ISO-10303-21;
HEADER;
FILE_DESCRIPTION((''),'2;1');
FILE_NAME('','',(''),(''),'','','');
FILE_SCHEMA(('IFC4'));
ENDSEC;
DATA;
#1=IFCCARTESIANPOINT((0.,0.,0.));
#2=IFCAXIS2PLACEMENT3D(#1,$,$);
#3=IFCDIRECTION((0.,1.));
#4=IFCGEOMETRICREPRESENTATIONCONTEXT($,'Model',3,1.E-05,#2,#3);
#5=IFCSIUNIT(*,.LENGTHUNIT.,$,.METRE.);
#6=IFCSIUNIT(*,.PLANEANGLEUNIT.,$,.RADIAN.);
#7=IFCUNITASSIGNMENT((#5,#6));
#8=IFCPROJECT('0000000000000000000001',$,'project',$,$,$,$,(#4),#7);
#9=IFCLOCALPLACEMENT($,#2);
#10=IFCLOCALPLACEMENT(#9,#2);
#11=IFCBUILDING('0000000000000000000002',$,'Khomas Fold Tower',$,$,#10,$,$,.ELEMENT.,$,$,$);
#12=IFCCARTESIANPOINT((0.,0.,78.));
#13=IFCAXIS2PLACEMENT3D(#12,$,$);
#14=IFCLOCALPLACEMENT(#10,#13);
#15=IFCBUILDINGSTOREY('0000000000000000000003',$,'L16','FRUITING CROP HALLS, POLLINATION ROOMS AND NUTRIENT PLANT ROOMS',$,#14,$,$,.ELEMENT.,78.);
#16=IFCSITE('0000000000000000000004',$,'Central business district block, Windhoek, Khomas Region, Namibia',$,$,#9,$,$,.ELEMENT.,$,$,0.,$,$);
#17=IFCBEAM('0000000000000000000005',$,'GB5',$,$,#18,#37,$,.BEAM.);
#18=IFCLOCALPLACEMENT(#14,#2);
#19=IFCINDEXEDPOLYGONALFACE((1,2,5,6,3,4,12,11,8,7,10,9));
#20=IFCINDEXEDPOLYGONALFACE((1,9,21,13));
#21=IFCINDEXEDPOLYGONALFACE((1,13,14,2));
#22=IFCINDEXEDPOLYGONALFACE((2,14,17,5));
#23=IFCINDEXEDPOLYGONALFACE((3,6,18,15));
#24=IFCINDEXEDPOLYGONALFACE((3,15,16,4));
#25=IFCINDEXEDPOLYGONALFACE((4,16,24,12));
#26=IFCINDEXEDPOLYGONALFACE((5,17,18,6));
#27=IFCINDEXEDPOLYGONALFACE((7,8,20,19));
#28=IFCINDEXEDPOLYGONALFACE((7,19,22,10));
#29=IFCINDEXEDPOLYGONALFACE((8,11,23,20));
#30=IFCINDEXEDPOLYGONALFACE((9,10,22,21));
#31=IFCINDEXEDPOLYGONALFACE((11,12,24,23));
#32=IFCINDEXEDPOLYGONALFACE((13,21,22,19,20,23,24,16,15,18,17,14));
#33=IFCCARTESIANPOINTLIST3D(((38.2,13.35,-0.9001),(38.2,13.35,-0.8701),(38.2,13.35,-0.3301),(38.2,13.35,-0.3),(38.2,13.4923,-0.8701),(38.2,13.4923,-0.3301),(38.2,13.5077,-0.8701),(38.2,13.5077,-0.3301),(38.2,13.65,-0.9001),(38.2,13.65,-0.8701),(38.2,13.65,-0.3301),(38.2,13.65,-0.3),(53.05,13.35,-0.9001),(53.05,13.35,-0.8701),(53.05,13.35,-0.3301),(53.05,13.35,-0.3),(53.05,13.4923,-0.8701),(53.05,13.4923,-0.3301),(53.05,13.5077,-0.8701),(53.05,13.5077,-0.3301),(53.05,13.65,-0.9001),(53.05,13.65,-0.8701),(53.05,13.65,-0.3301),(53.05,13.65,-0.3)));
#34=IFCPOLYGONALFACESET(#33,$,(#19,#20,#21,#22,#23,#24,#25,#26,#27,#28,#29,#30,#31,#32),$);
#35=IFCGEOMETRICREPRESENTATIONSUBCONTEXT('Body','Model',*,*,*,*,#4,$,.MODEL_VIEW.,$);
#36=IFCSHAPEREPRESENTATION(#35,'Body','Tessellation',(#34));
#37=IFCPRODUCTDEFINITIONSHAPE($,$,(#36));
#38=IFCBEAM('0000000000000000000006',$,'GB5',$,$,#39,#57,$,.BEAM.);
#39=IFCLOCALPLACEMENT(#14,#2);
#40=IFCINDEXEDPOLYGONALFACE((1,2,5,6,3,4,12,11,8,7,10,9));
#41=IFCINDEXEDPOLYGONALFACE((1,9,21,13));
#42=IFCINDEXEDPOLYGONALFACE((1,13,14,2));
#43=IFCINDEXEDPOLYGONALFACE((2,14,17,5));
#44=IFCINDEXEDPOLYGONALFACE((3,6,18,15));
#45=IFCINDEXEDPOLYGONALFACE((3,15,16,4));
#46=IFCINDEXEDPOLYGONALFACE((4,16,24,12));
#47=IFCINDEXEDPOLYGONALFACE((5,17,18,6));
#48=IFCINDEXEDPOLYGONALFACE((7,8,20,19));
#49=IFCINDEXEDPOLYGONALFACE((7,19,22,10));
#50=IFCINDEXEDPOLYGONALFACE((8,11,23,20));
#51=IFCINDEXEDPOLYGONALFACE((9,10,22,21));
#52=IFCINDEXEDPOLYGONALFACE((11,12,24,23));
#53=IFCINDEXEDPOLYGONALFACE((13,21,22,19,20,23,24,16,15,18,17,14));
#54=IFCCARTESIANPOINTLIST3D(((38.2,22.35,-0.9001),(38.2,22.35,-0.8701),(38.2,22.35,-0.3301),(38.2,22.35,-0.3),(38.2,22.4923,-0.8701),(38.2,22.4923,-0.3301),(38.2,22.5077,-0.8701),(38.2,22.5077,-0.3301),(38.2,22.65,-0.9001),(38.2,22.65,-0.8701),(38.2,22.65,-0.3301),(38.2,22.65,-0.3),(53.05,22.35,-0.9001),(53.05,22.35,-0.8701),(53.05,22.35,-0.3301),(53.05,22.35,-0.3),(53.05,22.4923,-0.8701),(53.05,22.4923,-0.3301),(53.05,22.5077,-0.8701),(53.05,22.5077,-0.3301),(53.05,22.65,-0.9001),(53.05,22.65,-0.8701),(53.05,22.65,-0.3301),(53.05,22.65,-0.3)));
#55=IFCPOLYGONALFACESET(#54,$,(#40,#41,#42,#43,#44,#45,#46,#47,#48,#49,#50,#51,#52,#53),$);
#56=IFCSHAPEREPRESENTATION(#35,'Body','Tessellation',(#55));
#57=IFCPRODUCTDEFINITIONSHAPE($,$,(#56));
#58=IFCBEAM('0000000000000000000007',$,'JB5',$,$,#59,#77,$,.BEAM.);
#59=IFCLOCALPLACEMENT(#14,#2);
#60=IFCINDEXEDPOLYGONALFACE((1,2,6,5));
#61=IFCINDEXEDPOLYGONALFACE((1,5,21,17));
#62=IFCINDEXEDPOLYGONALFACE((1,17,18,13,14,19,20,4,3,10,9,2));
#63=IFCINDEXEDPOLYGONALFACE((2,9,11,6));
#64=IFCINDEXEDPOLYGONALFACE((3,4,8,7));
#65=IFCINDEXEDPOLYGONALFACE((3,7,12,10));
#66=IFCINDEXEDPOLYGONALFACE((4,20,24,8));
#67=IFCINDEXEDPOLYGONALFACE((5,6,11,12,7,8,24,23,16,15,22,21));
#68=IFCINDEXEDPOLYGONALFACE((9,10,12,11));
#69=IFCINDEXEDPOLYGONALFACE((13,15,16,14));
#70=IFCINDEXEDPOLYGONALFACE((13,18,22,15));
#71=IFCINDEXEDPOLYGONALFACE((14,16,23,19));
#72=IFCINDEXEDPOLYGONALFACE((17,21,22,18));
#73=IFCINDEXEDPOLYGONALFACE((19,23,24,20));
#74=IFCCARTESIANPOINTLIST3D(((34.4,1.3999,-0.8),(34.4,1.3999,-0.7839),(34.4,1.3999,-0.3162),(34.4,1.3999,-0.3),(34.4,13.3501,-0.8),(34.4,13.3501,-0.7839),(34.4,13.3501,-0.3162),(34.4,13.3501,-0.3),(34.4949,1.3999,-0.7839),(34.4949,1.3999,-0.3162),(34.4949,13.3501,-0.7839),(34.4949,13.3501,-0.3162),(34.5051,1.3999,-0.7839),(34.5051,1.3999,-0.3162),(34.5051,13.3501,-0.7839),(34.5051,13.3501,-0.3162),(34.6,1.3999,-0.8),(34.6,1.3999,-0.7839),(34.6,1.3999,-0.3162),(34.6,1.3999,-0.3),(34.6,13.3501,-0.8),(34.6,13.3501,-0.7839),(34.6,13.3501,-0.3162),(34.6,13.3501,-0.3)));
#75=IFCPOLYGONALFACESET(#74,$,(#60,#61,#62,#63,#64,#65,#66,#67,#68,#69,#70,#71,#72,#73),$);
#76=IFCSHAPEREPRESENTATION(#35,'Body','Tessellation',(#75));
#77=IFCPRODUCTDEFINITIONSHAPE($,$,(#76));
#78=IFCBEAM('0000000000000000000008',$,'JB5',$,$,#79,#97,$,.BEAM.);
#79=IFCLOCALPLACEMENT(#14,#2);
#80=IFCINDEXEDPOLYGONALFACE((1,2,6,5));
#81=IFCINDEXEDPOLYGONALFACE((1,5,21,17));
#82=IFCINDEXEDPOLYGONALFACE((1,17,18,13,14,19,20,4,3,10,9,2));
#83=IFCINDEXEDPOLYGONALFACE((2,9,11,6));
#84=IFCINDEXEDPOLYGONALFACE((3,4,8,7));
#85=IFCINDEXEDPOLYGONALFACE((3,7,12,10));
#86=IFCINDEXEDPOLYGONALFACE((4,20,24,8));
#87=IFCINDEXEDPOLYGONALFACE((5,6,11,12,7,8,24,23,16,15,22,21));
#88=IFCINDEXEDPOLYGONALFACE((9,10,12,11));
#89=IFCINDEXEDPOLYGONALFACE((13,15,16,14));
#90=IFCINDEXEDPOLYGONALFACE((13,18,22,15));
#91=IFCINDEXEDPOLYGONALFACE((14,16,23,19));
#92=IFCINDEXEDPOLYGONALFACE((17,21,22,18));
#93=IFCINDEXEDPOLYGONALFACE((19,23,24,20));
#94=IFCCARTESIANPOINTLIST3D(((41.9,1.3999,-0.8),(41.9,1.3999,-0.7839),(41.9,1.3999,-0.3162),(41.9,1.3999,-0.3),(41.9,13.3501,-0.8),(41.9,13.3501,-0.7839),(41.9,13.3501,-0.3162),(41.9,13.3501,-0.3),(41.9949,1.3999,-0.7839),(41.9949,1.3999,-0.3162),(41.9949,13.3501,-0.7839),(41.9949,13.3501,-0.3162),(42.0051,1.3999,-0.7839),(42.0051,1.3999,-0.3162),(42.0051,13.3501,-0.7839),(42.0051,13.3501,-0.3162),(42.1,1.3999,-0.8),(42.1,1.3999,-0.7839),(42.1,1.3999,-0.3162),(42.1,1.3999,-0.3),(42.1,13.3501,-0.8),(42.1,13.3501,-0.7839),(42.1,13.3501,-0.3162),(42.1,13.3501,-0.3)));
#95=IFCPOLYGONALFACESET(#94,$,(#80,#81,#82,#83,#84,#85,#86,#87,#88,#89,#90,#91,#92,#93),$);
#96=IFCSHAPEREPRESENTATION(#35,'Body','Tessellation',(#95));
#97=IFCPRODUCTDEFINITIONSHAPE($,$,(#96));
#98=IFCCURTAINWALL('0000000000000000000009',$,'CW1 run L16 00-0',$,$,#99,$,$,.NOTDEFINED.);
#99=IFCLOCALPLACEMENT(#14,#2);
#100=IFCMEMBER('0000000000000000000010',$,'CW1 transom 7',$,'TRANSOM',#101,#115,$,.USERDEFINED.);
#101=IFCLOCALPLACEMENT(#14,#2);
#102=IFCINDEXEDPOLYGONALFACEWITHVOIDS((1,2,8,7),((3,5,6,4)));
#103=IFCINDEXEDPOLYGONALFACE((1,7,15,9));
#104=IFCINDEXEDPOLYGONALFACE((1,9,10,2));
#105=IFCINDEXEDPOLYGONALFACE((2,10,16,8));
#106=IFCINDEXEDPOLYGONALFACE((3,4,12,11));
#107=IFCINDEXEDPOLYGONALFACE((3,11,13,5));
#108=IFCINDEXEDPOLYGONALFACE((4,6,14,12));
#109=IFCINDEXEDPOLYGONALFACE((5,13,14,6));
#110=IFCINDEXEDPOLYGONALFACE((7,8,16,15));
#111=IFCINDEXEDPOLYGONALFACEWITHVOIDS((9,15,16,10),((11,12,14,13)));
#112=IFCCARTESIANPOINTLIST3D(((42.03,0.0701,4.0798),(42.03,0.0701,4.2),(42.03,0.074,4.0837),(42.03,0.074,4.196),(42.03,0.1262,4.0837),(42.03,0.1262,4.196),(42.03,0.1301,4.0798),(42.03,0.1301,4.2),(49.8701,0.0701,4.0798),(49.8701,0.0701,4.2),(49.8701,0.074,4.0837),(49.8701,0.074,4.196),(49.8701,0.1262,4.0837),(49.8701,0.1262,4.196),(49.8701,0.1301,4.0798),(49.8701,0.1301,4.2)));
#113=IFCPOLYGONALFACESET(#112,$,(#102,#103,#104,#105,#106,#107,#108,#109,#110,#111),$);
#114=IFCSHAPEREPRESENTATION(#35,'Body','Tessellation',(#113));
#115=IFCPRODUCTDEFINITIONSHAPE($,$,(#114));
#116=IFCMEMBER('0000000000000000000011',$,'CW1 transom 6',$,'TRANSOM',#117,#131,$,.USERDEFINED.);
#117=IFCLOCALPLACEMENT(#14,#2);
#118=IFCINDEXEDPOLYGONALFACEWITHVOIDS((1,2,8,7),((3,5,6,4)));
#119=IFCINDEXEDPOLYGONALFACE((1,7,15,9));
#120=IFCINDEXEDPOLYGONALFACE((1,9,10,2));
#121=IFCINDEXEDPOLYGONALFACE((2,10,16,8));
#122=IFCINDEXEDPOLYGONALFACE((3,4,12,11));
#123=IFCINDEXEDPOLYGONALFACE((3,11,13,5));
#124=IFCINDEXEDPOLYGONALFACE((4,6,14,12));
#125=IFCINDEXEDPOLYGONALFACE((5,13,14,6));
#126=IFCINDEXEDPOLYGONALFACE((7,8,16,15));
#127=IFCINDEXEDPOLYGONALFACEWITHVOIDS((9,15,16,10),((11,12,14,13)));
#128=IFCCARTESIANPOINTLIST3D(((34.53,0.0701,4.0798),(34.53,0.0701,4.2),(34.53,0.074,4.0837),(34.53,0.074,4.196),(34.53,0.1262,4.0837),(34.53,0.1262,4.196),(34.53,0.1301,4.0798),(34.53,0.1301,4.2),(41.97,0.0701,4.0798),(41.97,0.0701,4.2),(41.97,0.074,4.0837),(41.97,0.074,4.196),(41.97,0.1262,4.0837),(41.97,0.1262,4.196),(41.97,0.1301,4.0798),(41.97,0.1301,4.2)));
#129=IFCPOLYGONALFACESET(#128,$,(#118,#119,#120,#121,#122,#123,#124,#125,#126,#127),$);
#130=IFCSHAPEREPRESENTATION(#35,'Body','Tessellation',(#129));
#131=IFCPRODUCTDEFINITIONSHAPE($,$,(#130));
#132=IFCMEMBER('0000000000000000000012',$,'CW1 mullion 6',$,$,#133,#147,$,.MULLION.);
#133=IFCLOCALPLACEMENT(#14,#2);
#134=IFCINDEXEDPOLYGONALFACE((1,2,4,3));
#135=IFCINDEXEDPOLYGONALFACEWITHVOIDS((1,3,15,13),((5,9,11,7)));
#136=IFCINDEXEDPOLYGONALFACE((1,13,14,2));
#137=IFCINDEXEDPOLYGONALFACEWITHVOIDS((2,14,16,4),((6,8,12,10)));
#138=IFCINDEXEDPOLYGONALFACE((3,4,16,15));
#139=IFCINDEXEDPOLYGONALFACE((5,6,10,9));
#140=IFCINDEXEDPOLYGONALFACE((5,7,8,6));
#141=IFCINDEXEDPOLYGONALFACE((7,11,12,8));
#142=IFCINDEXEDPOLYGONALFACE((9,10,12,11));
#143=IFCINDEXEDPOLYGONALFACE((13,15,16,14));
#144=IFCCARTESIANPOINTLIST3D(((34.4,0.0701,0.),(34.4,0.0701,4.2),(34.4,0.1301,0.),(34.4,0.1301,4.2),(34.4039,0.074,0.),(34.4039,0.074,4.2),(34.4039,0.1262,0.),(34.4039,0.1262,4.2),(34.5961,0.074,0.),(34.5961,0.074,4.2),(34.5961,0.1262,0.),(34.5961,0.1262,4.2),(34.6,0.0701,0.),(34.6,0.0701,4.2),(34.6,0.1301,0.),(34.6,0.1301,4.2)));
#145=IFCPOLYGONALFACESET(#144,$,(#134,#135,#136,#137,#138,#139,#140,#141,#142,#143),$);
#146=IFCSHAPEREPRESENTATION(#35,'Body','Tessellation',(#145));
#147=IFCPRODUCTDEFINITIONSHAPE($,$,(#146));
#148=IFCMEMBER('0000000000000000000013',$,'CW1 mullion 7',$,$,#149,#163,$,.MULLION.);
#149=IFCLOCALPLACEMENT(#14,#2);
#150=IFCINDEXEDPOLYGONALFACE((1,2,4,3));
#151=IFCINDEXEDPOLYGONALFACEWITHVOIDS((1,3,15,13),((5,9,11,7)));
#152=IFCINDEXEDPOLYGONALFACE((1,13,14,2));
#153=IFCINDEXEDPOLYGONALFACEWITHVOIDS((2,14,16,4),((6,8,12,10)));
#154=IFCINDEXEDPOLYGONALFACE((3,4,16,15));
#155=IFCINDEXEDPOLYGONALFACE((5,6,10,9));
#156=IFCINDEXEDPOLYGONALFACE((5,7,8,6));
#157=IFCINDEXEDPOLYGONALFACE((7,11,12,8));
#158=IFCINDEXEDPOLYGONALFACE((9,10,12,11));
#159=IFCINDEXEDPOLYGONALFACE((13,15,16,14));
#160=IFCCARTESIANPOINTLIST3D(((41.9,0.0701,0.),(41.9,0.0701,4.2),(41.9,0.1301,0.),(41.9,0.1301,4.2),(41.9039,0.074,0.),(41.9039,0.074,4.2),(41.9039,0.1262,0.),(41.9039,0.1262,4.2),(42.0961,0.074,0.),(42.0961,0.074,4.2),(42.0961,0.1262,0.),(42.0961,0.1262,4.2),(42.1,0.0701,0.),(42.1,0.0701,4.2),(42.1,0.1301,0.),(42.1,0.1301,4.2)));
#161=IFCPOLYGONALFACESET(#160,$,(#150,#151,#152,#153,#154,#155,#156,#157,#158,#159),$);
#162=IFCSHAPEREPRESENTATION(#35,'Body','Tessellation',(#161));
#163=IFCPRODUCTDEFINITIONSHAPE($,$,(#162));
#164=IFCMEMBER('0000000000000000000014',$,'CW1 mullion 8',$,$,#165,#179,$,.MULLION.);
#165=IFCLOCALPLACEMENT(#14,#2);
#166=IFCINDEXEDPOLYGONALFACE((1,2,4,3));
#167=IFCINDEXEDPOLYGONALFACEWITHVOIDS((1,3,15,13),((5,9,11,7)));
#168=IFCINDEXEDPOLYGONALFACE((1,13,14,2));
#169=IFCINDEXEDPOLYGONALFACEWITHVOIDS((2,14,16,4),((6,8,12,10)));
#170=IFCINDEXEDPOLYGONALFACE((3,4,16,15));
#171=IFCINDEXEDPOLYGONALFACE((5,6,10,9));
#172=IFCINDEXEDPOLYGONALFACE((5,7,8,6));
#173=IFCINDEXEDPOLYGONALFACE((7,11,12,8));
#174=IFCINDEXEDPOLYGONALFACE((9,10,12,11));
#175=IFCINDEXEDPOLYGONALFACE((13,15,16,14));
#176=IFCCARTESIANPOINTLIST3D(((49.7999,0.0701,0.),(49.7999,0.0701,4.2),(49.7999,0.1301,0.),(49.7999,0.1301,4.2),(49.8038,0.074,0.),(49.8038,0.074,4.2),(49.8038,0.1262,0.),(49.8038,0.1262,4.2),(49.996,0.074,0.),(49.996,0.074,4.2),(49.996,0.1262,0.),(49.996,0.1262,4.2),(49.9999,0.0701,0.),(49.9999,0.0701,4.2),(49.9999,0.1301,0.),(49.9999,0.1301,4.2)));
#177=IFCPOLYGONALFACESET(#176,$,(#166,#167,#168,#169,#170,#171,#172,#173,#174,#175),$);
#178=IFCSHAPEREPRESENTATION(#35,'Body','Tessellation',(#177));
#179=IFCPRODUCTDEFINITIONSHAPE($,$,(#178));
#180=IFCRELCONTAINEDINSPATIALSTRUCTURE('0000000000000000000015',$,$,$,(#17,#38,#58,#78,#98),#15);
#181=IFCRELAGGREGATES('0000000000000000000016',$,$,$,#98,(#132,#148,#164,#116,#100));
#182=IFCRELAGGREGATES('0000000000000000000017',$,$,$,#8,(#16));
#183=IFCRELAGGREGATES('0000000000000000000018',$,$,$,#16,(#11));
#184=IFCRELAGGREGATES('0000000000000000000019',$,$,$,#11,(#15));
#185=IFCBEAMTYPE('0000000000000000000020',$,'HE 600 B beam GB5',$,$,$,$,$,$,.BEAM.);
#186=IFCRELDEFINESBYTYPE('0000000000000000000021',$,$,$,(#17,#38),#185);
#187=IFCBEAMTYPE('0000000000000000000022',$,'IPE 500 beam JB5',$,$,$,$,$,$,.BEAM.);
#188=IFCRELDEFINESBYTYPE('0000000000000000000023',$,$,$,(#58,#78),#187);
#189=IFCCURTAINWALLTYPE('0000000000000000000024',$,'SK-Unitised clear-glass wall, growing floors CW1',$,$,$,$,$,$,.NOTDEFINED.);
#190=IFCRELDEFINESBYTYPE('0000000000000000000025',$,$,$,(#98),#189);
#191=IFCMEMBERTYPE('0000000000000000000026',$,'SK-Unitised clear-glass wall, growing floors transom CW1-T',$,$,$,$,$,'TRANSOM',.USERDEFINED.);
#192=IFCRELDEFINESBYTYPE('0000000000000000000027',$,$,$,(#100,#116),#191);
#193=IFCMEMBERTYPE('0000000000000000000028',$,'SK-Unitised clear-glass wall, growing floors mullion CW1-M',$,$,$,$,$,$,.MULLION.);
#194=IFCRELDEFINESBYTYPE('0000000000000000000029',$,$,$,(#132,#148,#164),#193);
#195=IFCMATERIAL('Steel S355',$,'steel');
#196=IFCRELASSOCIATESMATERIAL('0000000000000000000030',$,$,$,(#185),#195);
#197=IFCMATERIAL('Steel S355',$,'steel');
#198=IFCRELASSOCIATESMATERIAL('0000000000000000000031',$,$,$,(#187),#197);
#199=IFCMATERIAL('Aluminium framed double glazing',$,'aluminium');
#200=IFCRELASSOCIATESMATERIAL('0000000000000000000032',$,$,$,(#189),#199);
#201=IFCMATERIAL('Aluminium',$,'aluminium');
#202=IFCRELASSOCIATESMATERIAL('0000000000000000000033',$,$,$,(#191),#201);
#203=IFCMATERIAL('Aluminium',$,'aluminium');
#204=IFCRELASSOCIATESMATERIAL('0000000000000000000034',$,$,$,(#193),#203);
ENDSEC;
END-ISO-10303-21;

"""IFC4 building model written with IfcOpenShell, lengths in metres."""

from ifc_helpers import new_model, si_unit, direction, frame, origin, origin_2d, place, context, subcontext, project, spatial, hollow_rectangle, i_section, extrude, source, transform, mapped, material, material_profile, profile_set, type_object, element, aggregate, save


model = new_model("IFC4")

# Units and contexts
model_context = context("Model", 3, precision=1e-05, world=origin(), true_north=direction((0.0, 1.0)))
body_context = subcontext(model_context, "Body", "Model", "MODEL_VIEW")
ifc_project = project(units=[si_unit("LENGTHUNIT", "METRE"), si_unit("PLANEANGLEUNIT", "RADIAN")], contexts=[model_context])

# Site, building, storey
site_placement = place(None, origin())
site = spatial("IfcSite", under=ifc_project, at=site_placement, Name="Central business district block, Windhoek, Khomas Region, Namibia", CompositionType="ELEMENT", RefElevation=0.0)
building_placement = place(site_placement, origin())
building = spatial("IfcBuilding", under=site, at=building_placement, Name="Khomas Fold Tower", CompositionType="ELEMENT")
storey_placement = place(building_placement, frame((0.0, 0.0, 78.0)))
storey = spatial("IfcBuildingStorey", under=building, at=storey_placement, Name="L16", Description="FRUITING CROP HALLS, POLLINATION ROOMS AND NUTRIENT PLANT ROOMS", CompositionType="ELEMENT", Elevation=78.0)

# Beams
ifc_material_1 = material(Name="Steel S355", Category="steel")
ifc_material_profile_1 = material_profile(ifc_material_1, i_section(OverallWidth=0.3, OverallDepth=0.6001, WebThickness=0.0154, FlangeThickness=0.03, at=origin_2d()), Name="HE 600 B")
ifc_profile_set_1 = profile_set([ifc_material_profile_1], Name="Steel S355")
beam_type_1 = type_object("IfcBeamType", Name="HE 600 B beam GB5", PredefinedType="BEAM", material=ifc_profile_set_1)
shared_shape_1 = source(origin(), body_context, "Body", "SweptSolid", [
    extrude(i_section(OverallWidth=0.3, OverallDepth=0.6001, WebThickness=0.0154, FlangeThickness=0.03, at=origin_2d()), origin(), (0.0, 0.0, 1.0), 14.8501),
])
for number, where, z_axis, x_axis, name in (
    (1, (38.2, 13.5, -0.6001), (1.0, 0.0, 0.0), (0.0, 1.0, 0.0), "GB5"),
    (2, (38.2, 22.5, -0.6001), (1.0, 0.0, 0.0), (0.0, 1.0, 0.0), "GB5"),
):
    element("IfcBeam", number, at=place(storey_placement, frame(where, z_axis=z_axis, x_axis=x_axis)), inside=storey, type_object=beam_type_1, Name=name, PredefinedType="BEAM", context=body_context, shape_type="MappedRepresentation", body=[
        mapped(shared_shape_1, transform((0.0, 0.0, 0.0))),
    ])
ifc_material_2 = material(Name="Steel S355", Category="steel")
ifc_material_profile_2 = material_profile(ifc_material_2, i_section(OverallWidth=0.2, OverallDepth=0.5, WebThickness=0.0103, FlangeThickness=0.0161, at=origin_2d()), Name="IPE 500")
ifc_profile_set_2 = profile_set([ifc_material_profile_2], Name="Steel S355")
beam_type_2 = type_object("IfcBeamType", Name="IPE 500 beam JB5", PredefinedType="BEAM", material=ifc_profile_set_2)
shared_shape_2 = source(origin(), body_context, "Body", "SweptSolid", [
    extrude(i_section(OverallWidth=0.2, OverallDepth=0.5, WebThickness=0.0103, FlangeThickness=0.0161, at=origin_2d()), origin(), (0.0, 0.0, 1.0), 11.9502),
])
for number, where, z_axis, x_axis, name in (
    (3, (34.5, 1.3999, -0.55), (0.0, 1.0, 0.0), (-1.0, 0.0, 0.0), "JB5"),
    (4, (42.0, 1.3999, -0.55), (0.0, 1.0, 0.0), (-1.0, 0.0, 0.0), "JB5"),
):
    element("IfcBeam", number, at=place(storey_placement, frame(where, z_axis=z_axis, x_axis=x_axis)), inside=storey, type_object=beam_type_2, Name=name, PredefinedType="BEAM", context=body_context, shape_type="MappedRepresentation", body=[
        mapped(shared_shape_2, transform((0.0, 0.0, 0.0))),
    ])

# Curtain wall, members
ifc_material_3 = material(Name="Aluminium framed double glazing", Category="aluminium")
curtain_wall_type = type_object("IfcCurtainWallType", Name="SK-Unitised clear-glass wall, growing floors CW1", PredefinedType="NOTDEFINED", material=ifc_material_3)
curtain_wall_placement = place(storey_placement, origin())
curtain_wall = element("IfcCurtainWall", 5, at=curtain_wall_placement, inside=storey, type_object=curtain_wall_type, Name="CW1 run L16 00-0", PredefinedType="NOTDEFINED")
ifc_material_4 = material(Name="Aluminium", Category="aluminium")
ifc_material_profile_3 = material_profile(ifc_material_4, hollow_rectangle(XDim=0.0601, YDim=0.1201, WallThickness=0.0039, at=origin_2d()), Name="SK-Unitised clear-glass wall, growing floors transom CW1-T")
ifc_profile_set_3 = profile_set([ifc_material_profile_3], Name="Aluminium")
member_type_1 = type_object("IfcMemberType", Name="SK-Unitised clear-glass wall, growing floors transom CW1-T", ElementType="TRANSOM", PredefinedType="USERDEFINED", material=ifc_profile_set_3)
shared_shape_3 = source(origin(), body_context, "Body", "SweptSolid", [
    extrude(hollow_rectangle(XDim=0.0601, YDim=0.1201, WallThickness=0.0039, at=origin_2d()), origin(), (0.0, 0.0, 1.0), 7.8401),
])
member_1_placement = place(storey_placement, frame((42.03, 0.1001, 4.1399), z_axis=(1.0, 0.0, 0.0), x_axis=(0.0, 1.0, 0.0)))
member_1 = element("IfcMember", 6, at=member_1_placement, type_object=member_type_1, Name="CW1 transom 7", ObjectType="TRANSOM", PredefinedType="USERDEFINED", context=body_context, shape_type="MappedRepresentation", body=[
    mapped(shared_shape_3, transform((0.0, 0.0, 0.0))),
])
shared_shape_4 = source(origin(), body_context, "Body", "SweptSolid", [
    extrude(hollow_rectangle(XDim=0.0601, YDim=0.1201, WallThickness=0.0039, at=origin_2d()), origin(), (0.0, 0.0, 1.0), 7.4399),
])
member_2_placement = place(storey_placement, frame((34.53, 0.1001, 4.1399), z_axis=(1.0, 0.0, 0.0), x_axis=(0.0, 1.0, 0.0)))
member_2 = element("IfcMember", 7, at=member_2_placement, type_object=member_type_1, Name="CW1 transom 6", ObjectType="TRANSOM", PredefinedType="USERDEFINED", context=body_context, shape_type="MappedRepresentation", body=[
    mapped(shared_shape_4, transform((0.0, 0.0, 0.0))),
])
ifc_material_5 = material(Name="Aluminium", Category="aluminium")
ifc_material_profile_4 = material_profile(ifc_material_5, hollow_rectangle(XDim=0.0601, YDim=0.2, WallThickness=0.0039, at=origin_2d()), Name="SK-Unitised clear-glass wall, growing floors mullion CW1-M")
ifc_profile_set_4 = profile_set([ifc_material_profile_4], Name="Aluminium")
member_type_2 = type_object("IfcMemberType", Name="SK-Unitised clear-glass wall, growing floors mullion CW1-M", PredefinedType="MULLION", material=ifc_profile_set_4)
shared_shape_5 = source(origin(), body_context, "Body", "SweptSolid", [
    extrude(hollow_rectangle(XDim=0.0601, YDim=0.2, WallThickness=0.0039, at=origin_2d()), origin(), (0.0, 0.0, 1.0), 4.2),
])
member_3_placement = place(storey_placement, frame((34.5, 0.1001, 0.0), z_axis=(0.0, 0.0, 1.0), x_axis=(0.0, 1.0, 0.0)))
member_3 = element("IfcMember", 8, at=member_3_placement, type_object=member_type_2, Name="CW1 mullion 6", PredefinedType="MULLION", context=body_context, shape_type="MappedRepresentation", body=[
    mapped(shared_shape_5, transform((0.0, 0.0, 0.0))),
])
member_4_placement = place(storey_placement, frame((42.0, 0.1001, 0.0), z_axis=(0.0, 0.0, 1.0), x_axis=(0.0, 1.0, 0.0)))
member_4 = element("IfcMember", 9, at=member_4_placement, type_object=member_type_2, Name="CW1 mullion 7", PredefinedType="MULLION", context=body_context, shape_type="MappedRepresentation", body=[
    mapped(shared_shape_5, transform((0.0, 0.0, 0.0))),
])
member_5_placement = place(storey_placement, frame((49.8999, 0.1001, 0.0), z_axis=(0.0, 0.0, 1.0), x_axis=(0.0, 1.0, 0.0)))
member_5 = element("IfcMember", 10, at=member_5_placement, type_object=member_type_2, Name="CW1 mullion 8", PredefinedType="MULLION", context=body_context, shape_type="MappedRepresentation", body=[
    mapped(shared_shape_5, transform((0.0, 0.0, 0.0))),
])
aggregate(curtain_wall, [member_3, member_4, member_5, member_2, member_1])

save(model, "model.ifc")
